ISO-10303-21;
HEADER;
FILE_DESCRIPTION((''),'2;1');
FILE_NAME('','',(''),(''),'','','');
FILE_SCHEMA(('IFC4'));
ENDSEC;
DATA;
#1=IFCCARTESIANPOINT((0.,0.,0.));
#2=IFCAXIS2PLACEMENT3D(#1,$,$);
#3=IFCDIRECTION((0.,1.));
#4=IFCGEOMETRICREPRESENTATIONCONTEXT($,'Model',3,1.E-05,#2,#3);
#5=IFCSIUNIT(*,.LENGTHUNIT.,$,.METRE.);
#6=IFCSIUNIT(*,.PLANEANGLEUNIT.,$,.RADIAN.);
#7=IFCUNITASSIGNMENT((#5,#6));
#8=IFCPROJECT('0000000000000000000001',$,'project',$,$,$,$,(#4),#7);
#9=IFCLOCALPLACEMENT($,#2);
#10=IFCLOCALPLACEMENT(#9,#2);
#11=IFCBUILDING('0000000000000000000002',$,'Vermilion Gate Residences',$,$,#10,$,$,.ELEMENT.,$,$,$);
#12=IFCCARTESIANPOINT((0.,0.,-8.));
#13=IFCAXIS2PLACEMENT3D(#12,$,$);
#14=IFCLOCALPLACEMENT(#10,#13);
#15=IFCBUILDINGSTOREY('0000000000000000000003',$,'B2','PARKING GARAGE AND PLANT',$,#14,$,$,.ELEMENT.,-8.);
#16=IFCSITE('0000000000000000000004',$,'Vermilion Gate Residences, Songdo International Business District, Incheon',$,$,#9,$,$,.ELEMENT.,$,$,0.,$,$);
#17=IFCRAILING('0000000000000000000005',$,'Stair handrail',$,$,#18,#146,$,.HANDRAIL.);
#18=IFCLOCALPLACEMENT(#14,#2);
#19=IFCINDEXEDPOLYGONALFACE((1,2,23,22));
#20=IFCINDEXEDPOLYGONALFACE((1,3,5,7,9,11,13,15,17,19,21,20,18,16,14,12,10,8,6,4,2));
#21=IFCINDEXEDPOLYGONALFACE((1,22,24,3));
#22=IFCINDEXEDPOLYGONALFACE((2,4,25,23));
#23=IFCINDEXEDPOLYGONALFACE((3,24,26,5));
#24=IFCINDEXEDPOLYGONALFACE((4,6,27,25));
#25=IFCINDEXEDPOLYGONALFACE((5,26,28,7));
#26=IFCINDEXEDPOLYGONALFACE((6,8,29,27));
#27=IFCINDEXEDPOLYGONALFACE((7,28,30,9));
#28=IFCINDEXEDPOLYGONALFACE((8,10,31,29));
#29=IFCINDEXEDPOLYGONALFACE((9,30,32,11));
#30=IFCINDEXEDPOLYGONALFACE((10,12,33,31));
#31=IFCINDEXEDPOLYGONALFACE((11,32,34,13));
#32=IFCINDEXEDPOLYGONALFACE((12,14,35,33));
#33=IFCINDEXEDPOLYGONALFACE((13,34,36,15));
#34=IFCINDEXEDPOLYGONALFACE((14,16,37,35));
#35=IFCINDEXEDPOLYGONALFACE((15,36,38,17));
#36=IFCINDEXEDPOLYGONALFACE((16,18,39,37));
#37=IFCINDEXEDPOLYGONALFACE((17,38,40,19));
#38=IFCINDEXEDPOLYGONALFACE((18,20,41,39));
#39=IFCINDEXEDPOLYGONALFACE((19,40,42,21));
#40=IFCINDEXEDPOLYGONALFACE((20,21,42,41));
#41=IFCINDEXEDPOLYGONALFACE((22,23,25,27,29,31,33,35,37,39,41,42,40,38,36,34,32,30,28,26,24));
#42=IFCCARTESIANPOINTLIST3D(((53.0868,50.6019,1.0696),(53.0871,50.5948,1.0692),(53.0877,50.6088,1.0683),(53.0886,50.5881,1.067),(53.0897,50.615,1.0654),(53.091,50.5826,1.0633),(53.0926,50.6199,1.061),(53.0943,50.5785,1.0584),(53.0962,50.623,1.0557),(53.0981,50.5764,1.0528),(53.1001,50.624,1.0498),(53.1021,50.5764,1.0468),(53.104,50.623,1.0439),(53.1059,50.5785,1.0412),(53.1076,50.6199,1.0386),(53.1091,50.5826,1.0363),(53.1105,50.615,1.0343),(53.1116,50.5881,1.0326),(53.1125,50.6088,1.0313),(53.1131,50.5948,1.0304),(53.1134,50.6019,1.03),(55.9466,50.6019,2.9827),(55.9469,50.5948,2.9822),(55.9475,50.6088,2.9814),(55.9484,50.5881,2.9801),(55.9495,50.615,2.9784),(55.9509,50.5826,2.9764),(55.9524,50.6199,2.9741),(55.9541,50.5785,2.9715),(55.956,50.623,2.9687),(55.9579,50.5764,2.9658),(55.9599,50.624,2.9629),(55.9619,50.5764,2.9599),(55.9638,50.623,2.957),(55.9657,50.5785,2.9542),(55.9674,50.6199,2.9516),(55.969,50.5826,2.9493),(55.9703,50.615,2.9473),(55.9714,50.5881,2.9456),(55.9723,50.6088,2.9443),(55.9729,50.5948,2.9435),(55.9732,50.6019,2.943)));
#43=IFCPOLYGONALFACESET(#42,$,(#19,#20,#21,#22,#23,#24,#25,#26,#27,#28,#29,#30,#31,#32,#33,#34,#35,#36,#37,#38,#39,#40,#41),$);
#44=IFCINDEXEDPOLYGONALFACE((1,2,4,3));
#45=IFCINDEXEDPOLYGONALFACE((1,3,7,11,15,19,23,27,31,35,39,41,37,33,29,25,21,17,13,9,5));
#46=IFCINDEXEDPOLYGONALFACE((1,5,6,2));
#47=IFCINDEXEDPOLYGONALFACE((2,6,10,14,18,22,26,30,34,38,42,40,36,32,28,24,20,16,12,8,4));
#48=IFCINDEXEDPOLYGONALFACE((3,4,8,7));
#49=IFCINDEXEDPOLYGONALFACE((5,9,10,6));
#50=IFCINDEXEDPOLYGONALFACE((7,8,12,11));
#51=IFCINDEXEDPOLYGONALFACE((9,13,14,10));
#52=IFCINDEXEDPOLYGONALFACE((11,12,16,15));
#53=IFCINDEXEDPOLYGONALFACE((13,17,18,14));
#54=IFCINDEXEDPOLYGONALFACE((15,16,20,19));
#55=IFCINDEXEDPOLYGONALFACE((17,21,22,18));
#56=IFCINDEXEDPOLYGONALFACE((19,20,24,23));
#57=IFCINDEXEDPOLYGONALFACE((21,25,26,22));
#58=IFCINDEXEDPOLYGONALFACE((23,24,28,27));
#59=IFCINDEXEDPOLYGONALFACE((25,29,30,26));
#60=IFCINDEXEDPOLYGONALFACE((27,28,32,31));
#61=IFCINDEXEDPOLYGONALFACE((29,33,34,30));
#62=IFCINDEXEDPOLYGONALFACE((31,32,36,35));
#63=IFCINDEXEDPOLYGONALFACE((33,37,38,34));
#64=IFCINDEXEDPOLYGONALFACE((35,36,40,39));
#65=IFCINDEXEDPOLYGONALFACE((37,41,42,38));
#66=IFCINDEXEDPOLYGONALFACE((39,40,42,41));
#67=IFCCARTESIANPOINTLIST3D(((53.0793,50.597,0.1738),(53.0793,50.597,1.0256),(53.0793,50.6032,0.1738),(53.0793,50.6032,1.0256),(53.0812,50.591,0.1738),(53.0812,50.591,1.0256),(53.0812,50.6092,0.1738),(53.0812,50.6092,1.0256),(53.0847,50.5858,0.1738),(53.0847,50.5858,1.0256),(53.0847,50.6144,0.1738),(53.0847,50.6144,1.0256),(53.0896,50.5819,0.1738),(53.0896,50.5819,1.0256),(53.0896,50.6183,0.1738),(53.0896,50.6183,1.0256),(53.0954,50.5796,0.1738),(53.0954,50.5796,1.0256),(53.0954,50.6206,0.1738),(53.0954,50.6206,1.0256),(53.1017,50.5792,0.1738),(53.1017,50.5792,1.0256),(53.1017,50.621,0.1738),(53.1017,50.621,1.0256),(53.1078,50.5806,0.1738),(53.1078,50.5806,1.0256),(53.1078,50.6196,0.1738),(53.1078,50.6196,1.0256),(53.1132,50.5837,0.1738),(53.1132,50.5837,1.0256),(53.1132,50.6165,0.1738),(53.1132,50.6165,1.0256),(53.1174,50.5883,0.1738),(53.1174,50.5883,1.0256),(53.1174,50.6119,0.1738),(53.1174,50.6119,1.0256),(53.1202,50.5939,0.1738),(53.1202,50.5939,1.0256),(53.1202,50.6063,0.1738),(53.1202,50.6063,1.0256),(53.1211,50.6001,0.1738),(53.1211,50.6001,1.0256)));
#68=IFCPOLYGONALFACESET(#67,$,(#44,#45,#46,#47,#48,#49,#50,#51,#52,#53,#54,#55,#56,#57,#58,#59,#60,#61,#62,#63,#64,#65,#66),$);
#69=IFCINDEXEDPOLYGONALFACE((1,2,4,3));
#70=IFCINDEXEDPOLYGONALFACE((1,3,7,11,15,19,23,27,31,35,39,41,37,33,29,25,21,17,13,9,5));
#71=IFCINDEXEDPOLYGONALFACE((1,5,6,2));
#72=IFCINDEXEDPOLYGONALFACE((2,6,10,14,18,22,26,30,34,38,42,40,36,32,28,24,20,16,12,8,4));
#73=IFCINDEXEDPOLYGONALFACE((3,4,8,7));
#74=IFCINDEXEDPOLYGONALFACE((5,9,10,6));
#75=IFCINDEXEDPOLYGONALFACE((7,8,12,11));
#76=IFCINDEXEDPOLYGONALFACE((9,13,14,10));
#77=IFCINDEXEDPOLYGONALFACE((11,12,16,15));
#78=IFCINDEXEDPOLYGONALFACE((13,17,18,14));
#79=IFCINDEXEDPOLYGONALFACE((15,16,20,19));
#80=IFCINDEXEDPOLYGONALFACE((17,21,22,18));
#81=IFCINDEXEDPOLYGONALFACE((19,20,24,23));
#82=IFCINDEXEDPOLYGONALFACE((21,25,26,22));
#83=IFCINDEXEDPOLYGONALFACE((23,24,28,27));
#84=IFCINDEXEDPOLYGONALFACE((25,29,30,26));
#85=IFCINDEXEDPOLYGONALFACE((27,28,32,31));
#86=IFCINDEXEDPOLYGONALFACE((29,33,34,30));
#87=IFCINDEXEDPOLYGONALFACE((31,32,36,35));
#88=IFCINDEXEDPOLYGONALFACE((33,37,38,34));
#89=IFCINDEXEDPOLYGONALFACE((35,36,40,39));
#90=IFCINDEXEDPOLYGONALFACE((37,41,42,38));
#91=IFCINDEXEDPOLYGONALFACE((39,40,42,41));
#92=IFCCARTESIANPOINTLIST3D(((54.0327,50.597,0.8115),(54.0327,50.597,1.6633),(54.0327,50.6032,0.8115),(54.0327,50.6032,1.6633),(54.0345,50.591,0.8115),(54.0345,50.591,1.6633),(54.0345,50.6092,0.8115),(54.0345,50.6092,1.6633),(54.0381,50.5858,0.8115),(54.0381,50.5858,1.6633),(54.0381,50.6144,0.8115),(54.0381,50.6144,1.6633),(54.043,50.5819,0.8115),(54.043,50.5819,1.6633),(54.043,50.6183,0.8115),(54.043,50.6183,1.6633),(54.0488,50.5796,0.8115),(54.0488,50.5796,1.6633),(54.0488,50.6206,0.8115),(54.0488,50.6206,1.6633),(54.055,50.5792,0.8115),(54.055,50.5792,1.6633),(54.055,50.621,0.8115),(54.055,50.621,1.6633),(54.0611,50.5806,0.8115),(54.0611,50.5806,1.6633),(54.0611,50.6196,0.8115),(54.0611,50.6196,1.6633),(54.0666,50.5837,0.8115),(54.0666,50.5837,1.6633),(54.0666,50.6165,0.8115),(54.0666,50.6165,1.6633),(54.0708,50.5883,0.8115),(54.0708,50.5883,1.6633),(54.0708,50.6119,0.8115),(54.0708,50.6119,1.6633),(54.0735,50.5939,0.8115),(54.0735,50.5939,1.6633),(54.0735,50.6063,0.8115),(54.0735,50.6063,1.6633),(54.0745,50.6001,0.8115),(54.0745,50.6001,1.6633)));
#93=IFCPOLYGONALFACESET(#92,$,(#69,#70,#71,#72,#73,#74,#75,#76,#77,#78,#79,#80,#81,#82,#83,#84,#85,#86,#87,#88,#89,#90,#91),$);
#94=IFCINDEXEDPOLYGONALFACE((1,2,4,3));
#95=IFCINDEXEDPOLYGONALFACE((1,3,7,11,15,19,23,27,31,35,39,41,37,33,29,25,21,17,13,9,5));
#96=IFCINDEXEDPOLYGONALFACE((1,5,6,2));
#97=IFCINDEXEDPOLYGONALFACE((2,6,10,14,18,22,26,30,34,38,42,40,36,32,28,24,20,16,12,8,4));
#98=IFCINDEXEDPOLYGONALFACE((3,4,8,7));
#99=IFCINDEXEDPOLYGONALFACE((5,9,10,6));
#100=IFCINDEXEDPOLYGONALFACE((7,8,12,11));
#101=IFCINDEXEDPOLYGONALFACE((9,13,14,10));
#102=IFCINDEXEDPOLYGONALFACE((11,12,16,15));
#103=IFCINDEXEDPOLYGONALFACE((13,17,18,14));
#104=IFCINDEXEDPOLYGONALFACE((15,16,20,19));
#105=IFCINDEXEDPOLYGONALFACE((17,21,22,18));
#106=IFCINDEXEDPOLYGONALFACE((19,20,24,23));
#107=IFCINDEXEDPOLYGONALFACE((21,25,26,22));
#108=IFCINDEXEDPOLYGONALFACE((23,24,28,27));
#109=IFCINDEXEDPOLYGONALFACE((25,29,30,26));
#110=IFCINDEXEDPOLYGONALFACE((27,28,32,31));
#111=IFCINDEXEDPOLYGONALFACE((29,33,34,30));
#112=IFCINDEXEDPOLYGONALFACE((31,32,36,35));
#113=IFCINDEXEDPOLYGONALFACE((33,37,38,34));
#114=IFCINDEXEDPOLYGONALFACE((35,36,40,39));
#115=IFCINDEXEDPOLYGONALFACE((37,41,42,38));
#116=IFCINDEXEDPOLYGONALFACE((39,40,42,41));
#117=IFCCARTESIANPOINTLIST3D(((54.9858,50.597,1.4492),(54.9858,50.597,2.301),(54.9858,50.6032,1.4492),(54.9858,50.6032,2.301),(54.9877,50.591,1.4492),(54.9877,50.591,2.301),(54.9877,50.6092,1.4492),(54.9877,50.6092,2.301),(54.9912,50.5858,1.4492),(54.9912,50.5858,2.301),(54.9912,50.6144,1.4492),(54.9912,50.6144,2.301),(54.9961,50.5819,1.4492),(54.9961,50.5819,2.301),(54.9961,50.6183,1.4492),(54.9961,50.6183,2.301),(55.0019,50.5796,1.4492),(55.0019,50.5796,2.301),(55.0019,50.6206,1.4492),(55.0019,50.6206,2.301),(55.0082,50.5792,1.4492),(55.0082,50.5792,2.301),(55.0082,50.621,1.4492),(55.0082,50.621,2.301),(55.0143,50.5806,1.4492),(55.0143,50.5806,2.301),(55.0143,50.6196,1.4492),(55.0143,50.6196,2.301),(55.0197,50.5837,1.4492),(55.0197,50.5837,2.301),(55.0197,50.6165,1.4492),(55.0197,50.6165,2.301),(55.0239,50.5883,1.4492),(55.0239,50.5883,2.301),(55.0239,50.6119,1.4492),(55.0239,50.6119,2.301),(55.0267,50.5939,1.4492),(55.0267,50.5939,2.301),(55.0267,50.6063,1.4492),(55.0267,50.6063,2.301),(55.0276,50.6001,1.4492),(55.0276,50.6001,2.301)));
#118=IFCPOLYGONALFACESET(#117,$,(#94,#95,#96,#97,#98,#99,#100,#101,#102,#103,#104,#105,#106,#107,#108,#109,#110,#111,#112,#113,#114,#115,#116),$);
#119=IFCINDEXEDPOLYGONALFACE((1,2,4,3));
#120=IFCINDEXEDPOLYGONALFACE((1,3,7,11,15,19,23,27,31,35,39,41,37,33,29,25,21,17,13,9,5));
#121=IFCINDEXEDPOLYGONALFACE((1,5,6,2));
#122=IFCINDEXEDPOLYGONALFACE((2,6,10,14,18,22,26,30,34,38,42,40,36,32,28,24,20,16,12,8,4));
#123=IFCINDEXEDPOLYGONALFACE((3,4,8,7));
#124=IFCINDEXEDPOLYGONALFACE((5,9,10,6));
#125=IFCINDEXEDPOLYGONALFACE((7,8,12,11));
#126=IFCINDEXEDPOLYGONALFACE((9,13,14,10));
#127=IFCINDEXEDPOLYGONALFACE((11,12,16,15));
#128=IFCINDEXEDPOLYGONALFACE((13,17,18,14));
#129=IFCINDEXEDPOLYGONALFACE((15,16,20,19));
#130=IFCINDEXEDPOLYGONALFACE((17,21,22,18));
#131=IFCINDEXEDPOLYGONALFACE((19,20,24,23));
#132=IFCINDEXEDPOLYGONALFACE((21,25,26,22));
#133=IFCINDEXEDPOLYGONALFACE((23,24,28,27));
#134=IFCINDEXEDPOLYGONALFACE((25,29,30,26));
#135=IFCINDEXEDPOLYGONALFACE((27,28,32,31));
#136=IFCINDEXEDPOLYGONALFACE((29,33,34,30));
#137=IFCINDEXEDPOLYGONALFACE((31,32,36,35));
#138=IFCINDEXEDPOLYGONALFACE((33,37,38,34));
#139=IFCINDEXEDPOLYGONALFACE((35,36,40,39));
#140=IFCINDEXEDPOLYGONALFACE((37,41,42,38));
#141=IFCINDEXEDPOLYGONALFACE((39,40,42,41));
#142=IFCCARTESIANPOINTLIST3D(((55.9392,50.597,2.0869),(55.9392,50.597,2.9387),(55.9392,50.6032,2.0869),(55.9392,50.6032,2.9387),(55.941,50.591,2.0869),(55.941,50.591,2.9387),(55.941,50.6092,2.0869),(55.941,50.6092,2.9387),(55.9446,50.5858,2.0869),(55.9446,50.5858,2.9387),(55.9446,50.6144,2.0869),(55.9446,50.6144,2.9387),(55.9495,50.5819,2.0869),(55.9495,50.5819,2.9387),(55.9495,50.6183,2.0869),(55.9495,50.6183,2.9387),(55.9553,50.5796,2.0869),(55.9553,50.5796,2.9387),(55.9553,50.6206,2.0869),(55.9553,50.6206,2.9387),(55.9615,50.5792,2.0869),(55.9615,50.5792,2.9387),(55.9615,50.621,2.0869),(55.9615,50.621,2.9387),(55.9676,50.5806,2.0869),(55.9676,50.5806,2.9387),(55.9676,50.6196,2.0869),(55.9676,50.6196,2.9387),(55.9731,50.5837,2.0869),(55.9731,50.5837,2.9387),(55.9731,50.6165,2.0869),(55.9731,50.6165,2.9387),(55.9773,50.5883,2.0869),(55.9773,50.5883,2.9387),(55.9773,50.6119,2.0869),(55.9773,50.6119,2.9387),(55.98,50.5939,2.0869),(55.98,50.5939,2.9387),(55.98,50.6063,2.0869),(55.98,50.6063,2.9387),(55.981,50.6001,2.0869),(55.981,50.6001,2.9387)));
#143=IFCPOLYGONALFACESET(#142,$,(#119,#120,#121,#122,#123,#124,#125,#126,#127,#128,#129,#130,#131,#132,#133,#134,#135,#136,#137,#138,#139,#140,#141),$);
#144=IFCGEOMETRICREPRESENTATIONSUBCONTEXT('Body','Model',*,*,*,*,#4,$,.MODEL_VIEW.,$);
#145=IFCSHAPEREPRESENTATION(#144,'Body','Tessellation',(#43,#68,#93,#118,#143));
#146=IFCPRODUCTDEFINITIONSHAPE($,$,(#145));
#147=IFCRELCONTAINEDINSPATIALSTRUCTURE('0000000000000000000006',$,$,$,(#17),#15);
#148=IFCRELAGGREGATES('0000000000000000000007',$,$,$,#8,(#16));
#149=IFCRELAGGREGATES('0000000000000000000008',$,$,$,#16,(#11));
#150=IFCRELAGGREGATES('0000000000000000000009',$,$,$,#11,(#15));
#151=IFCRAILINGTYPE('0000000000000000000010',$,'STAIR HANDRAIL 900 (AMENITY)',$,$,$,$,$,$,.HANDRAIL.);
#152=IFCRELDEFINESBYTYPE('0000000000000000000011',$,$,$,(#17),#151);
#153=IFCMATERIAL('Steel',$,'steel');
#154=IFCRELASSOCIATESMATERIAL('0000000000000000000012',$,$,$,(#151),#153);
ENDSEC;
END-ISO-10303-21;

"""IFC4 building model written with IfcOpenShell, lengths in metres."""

from ifc_helpers import new_model, si_unit, direction, frame, origin, origin_2d, place, context, subcontext, project, spatial, circle, extrude, material, type_object, element, save


model = new_model("IFC4")

# Units and contexts
model_context = context("Model", 3, precision=1e-05, world=origin(), true_north=direction((0.0, 1.0)))
body_context = subcontext(model_context, "Body", "Model", "MODEL_VIEW")
ifc_project = project(units=[si_unit("LENGTHUNIT", "METRE"), si_unit("PLANEANGLEUNIT", "RADIAN")], contexts=[model_context])

# Site, building, storey
site_placement = place(None, origin())
site = spatial("IfcSite", under=ifc_project, at=site_placement, Name="Vermilion Gate Residences, Songdo International Business District, Incheon", CompositionType="ELEMENT", RefElevation=0.0)
building_placement = place(site_placement, origin())
building = spatial("IfcBuilding", under=site, at=building_placement, Name="Vermilion Gate Residences", CompositionType="ELEMENT")
storey_placement = place(building_placement, frame((0.0, 0.0, -8.0)))
storey = spatial("IfcBuildingStorey", under=building, at=storey_placement, Name="B2", Description="PARKING GARAGE AND PLANT", CompositionType="ELEMENT", Elevation=-8.0)

# Railing
ifc_material_1 = material(Name="Steel", Category="steel")
railing_type = type_object("IfcRailingType", Name="STAIR HANDRAIL 900 (AMENITY)", PredefinedType="HANDRAIL", material=ifc_material_1)
railing_1_placement = place(storey_placement, frame((53.1001, 50.6001, 0.1738)))
element("IfcRailing", 1, at=railing_1_placement, inside=storey, type_object=railing_type, Name="Stair handrail", PredefinedType="HANDRAIL", context=body_context, shape_type="SweptSolid", body=[
    extrude(circle(Radius=0.0239, at=origin_2d()), frame((0.0, 0.0, 0.876), z_axis=(0.831176, 0.0, 0.556009), x_axis=(0.0, 1.0, 0.0)), (0.0, 0.0, 1.0), 3.4407),
    extrude(circle(Radius=0.021, at=origin_2d()), origin(), (0.0, 0.0, 1.0), 0.8518),
    extrude(circle(Radius=0.021, at=origin_2d()), frame((0.9534, 0.0, 0.6377)), (0.0, 0.0, 1.0), 0.8518),
    extrude(circle(Radius=0.021, at=origin_2d()), frame((1.9065, 0.0, 1.2754)), (0.0, 0.0, 1.0), 0.8518),
    extrude(circle(Radius=0.021, at=origin_2d()), frame((2.8599, 0.0, 1.9131)), (0.0, 0.0, 1.0), 0.8518),
])

save(model, "model.ifc")
